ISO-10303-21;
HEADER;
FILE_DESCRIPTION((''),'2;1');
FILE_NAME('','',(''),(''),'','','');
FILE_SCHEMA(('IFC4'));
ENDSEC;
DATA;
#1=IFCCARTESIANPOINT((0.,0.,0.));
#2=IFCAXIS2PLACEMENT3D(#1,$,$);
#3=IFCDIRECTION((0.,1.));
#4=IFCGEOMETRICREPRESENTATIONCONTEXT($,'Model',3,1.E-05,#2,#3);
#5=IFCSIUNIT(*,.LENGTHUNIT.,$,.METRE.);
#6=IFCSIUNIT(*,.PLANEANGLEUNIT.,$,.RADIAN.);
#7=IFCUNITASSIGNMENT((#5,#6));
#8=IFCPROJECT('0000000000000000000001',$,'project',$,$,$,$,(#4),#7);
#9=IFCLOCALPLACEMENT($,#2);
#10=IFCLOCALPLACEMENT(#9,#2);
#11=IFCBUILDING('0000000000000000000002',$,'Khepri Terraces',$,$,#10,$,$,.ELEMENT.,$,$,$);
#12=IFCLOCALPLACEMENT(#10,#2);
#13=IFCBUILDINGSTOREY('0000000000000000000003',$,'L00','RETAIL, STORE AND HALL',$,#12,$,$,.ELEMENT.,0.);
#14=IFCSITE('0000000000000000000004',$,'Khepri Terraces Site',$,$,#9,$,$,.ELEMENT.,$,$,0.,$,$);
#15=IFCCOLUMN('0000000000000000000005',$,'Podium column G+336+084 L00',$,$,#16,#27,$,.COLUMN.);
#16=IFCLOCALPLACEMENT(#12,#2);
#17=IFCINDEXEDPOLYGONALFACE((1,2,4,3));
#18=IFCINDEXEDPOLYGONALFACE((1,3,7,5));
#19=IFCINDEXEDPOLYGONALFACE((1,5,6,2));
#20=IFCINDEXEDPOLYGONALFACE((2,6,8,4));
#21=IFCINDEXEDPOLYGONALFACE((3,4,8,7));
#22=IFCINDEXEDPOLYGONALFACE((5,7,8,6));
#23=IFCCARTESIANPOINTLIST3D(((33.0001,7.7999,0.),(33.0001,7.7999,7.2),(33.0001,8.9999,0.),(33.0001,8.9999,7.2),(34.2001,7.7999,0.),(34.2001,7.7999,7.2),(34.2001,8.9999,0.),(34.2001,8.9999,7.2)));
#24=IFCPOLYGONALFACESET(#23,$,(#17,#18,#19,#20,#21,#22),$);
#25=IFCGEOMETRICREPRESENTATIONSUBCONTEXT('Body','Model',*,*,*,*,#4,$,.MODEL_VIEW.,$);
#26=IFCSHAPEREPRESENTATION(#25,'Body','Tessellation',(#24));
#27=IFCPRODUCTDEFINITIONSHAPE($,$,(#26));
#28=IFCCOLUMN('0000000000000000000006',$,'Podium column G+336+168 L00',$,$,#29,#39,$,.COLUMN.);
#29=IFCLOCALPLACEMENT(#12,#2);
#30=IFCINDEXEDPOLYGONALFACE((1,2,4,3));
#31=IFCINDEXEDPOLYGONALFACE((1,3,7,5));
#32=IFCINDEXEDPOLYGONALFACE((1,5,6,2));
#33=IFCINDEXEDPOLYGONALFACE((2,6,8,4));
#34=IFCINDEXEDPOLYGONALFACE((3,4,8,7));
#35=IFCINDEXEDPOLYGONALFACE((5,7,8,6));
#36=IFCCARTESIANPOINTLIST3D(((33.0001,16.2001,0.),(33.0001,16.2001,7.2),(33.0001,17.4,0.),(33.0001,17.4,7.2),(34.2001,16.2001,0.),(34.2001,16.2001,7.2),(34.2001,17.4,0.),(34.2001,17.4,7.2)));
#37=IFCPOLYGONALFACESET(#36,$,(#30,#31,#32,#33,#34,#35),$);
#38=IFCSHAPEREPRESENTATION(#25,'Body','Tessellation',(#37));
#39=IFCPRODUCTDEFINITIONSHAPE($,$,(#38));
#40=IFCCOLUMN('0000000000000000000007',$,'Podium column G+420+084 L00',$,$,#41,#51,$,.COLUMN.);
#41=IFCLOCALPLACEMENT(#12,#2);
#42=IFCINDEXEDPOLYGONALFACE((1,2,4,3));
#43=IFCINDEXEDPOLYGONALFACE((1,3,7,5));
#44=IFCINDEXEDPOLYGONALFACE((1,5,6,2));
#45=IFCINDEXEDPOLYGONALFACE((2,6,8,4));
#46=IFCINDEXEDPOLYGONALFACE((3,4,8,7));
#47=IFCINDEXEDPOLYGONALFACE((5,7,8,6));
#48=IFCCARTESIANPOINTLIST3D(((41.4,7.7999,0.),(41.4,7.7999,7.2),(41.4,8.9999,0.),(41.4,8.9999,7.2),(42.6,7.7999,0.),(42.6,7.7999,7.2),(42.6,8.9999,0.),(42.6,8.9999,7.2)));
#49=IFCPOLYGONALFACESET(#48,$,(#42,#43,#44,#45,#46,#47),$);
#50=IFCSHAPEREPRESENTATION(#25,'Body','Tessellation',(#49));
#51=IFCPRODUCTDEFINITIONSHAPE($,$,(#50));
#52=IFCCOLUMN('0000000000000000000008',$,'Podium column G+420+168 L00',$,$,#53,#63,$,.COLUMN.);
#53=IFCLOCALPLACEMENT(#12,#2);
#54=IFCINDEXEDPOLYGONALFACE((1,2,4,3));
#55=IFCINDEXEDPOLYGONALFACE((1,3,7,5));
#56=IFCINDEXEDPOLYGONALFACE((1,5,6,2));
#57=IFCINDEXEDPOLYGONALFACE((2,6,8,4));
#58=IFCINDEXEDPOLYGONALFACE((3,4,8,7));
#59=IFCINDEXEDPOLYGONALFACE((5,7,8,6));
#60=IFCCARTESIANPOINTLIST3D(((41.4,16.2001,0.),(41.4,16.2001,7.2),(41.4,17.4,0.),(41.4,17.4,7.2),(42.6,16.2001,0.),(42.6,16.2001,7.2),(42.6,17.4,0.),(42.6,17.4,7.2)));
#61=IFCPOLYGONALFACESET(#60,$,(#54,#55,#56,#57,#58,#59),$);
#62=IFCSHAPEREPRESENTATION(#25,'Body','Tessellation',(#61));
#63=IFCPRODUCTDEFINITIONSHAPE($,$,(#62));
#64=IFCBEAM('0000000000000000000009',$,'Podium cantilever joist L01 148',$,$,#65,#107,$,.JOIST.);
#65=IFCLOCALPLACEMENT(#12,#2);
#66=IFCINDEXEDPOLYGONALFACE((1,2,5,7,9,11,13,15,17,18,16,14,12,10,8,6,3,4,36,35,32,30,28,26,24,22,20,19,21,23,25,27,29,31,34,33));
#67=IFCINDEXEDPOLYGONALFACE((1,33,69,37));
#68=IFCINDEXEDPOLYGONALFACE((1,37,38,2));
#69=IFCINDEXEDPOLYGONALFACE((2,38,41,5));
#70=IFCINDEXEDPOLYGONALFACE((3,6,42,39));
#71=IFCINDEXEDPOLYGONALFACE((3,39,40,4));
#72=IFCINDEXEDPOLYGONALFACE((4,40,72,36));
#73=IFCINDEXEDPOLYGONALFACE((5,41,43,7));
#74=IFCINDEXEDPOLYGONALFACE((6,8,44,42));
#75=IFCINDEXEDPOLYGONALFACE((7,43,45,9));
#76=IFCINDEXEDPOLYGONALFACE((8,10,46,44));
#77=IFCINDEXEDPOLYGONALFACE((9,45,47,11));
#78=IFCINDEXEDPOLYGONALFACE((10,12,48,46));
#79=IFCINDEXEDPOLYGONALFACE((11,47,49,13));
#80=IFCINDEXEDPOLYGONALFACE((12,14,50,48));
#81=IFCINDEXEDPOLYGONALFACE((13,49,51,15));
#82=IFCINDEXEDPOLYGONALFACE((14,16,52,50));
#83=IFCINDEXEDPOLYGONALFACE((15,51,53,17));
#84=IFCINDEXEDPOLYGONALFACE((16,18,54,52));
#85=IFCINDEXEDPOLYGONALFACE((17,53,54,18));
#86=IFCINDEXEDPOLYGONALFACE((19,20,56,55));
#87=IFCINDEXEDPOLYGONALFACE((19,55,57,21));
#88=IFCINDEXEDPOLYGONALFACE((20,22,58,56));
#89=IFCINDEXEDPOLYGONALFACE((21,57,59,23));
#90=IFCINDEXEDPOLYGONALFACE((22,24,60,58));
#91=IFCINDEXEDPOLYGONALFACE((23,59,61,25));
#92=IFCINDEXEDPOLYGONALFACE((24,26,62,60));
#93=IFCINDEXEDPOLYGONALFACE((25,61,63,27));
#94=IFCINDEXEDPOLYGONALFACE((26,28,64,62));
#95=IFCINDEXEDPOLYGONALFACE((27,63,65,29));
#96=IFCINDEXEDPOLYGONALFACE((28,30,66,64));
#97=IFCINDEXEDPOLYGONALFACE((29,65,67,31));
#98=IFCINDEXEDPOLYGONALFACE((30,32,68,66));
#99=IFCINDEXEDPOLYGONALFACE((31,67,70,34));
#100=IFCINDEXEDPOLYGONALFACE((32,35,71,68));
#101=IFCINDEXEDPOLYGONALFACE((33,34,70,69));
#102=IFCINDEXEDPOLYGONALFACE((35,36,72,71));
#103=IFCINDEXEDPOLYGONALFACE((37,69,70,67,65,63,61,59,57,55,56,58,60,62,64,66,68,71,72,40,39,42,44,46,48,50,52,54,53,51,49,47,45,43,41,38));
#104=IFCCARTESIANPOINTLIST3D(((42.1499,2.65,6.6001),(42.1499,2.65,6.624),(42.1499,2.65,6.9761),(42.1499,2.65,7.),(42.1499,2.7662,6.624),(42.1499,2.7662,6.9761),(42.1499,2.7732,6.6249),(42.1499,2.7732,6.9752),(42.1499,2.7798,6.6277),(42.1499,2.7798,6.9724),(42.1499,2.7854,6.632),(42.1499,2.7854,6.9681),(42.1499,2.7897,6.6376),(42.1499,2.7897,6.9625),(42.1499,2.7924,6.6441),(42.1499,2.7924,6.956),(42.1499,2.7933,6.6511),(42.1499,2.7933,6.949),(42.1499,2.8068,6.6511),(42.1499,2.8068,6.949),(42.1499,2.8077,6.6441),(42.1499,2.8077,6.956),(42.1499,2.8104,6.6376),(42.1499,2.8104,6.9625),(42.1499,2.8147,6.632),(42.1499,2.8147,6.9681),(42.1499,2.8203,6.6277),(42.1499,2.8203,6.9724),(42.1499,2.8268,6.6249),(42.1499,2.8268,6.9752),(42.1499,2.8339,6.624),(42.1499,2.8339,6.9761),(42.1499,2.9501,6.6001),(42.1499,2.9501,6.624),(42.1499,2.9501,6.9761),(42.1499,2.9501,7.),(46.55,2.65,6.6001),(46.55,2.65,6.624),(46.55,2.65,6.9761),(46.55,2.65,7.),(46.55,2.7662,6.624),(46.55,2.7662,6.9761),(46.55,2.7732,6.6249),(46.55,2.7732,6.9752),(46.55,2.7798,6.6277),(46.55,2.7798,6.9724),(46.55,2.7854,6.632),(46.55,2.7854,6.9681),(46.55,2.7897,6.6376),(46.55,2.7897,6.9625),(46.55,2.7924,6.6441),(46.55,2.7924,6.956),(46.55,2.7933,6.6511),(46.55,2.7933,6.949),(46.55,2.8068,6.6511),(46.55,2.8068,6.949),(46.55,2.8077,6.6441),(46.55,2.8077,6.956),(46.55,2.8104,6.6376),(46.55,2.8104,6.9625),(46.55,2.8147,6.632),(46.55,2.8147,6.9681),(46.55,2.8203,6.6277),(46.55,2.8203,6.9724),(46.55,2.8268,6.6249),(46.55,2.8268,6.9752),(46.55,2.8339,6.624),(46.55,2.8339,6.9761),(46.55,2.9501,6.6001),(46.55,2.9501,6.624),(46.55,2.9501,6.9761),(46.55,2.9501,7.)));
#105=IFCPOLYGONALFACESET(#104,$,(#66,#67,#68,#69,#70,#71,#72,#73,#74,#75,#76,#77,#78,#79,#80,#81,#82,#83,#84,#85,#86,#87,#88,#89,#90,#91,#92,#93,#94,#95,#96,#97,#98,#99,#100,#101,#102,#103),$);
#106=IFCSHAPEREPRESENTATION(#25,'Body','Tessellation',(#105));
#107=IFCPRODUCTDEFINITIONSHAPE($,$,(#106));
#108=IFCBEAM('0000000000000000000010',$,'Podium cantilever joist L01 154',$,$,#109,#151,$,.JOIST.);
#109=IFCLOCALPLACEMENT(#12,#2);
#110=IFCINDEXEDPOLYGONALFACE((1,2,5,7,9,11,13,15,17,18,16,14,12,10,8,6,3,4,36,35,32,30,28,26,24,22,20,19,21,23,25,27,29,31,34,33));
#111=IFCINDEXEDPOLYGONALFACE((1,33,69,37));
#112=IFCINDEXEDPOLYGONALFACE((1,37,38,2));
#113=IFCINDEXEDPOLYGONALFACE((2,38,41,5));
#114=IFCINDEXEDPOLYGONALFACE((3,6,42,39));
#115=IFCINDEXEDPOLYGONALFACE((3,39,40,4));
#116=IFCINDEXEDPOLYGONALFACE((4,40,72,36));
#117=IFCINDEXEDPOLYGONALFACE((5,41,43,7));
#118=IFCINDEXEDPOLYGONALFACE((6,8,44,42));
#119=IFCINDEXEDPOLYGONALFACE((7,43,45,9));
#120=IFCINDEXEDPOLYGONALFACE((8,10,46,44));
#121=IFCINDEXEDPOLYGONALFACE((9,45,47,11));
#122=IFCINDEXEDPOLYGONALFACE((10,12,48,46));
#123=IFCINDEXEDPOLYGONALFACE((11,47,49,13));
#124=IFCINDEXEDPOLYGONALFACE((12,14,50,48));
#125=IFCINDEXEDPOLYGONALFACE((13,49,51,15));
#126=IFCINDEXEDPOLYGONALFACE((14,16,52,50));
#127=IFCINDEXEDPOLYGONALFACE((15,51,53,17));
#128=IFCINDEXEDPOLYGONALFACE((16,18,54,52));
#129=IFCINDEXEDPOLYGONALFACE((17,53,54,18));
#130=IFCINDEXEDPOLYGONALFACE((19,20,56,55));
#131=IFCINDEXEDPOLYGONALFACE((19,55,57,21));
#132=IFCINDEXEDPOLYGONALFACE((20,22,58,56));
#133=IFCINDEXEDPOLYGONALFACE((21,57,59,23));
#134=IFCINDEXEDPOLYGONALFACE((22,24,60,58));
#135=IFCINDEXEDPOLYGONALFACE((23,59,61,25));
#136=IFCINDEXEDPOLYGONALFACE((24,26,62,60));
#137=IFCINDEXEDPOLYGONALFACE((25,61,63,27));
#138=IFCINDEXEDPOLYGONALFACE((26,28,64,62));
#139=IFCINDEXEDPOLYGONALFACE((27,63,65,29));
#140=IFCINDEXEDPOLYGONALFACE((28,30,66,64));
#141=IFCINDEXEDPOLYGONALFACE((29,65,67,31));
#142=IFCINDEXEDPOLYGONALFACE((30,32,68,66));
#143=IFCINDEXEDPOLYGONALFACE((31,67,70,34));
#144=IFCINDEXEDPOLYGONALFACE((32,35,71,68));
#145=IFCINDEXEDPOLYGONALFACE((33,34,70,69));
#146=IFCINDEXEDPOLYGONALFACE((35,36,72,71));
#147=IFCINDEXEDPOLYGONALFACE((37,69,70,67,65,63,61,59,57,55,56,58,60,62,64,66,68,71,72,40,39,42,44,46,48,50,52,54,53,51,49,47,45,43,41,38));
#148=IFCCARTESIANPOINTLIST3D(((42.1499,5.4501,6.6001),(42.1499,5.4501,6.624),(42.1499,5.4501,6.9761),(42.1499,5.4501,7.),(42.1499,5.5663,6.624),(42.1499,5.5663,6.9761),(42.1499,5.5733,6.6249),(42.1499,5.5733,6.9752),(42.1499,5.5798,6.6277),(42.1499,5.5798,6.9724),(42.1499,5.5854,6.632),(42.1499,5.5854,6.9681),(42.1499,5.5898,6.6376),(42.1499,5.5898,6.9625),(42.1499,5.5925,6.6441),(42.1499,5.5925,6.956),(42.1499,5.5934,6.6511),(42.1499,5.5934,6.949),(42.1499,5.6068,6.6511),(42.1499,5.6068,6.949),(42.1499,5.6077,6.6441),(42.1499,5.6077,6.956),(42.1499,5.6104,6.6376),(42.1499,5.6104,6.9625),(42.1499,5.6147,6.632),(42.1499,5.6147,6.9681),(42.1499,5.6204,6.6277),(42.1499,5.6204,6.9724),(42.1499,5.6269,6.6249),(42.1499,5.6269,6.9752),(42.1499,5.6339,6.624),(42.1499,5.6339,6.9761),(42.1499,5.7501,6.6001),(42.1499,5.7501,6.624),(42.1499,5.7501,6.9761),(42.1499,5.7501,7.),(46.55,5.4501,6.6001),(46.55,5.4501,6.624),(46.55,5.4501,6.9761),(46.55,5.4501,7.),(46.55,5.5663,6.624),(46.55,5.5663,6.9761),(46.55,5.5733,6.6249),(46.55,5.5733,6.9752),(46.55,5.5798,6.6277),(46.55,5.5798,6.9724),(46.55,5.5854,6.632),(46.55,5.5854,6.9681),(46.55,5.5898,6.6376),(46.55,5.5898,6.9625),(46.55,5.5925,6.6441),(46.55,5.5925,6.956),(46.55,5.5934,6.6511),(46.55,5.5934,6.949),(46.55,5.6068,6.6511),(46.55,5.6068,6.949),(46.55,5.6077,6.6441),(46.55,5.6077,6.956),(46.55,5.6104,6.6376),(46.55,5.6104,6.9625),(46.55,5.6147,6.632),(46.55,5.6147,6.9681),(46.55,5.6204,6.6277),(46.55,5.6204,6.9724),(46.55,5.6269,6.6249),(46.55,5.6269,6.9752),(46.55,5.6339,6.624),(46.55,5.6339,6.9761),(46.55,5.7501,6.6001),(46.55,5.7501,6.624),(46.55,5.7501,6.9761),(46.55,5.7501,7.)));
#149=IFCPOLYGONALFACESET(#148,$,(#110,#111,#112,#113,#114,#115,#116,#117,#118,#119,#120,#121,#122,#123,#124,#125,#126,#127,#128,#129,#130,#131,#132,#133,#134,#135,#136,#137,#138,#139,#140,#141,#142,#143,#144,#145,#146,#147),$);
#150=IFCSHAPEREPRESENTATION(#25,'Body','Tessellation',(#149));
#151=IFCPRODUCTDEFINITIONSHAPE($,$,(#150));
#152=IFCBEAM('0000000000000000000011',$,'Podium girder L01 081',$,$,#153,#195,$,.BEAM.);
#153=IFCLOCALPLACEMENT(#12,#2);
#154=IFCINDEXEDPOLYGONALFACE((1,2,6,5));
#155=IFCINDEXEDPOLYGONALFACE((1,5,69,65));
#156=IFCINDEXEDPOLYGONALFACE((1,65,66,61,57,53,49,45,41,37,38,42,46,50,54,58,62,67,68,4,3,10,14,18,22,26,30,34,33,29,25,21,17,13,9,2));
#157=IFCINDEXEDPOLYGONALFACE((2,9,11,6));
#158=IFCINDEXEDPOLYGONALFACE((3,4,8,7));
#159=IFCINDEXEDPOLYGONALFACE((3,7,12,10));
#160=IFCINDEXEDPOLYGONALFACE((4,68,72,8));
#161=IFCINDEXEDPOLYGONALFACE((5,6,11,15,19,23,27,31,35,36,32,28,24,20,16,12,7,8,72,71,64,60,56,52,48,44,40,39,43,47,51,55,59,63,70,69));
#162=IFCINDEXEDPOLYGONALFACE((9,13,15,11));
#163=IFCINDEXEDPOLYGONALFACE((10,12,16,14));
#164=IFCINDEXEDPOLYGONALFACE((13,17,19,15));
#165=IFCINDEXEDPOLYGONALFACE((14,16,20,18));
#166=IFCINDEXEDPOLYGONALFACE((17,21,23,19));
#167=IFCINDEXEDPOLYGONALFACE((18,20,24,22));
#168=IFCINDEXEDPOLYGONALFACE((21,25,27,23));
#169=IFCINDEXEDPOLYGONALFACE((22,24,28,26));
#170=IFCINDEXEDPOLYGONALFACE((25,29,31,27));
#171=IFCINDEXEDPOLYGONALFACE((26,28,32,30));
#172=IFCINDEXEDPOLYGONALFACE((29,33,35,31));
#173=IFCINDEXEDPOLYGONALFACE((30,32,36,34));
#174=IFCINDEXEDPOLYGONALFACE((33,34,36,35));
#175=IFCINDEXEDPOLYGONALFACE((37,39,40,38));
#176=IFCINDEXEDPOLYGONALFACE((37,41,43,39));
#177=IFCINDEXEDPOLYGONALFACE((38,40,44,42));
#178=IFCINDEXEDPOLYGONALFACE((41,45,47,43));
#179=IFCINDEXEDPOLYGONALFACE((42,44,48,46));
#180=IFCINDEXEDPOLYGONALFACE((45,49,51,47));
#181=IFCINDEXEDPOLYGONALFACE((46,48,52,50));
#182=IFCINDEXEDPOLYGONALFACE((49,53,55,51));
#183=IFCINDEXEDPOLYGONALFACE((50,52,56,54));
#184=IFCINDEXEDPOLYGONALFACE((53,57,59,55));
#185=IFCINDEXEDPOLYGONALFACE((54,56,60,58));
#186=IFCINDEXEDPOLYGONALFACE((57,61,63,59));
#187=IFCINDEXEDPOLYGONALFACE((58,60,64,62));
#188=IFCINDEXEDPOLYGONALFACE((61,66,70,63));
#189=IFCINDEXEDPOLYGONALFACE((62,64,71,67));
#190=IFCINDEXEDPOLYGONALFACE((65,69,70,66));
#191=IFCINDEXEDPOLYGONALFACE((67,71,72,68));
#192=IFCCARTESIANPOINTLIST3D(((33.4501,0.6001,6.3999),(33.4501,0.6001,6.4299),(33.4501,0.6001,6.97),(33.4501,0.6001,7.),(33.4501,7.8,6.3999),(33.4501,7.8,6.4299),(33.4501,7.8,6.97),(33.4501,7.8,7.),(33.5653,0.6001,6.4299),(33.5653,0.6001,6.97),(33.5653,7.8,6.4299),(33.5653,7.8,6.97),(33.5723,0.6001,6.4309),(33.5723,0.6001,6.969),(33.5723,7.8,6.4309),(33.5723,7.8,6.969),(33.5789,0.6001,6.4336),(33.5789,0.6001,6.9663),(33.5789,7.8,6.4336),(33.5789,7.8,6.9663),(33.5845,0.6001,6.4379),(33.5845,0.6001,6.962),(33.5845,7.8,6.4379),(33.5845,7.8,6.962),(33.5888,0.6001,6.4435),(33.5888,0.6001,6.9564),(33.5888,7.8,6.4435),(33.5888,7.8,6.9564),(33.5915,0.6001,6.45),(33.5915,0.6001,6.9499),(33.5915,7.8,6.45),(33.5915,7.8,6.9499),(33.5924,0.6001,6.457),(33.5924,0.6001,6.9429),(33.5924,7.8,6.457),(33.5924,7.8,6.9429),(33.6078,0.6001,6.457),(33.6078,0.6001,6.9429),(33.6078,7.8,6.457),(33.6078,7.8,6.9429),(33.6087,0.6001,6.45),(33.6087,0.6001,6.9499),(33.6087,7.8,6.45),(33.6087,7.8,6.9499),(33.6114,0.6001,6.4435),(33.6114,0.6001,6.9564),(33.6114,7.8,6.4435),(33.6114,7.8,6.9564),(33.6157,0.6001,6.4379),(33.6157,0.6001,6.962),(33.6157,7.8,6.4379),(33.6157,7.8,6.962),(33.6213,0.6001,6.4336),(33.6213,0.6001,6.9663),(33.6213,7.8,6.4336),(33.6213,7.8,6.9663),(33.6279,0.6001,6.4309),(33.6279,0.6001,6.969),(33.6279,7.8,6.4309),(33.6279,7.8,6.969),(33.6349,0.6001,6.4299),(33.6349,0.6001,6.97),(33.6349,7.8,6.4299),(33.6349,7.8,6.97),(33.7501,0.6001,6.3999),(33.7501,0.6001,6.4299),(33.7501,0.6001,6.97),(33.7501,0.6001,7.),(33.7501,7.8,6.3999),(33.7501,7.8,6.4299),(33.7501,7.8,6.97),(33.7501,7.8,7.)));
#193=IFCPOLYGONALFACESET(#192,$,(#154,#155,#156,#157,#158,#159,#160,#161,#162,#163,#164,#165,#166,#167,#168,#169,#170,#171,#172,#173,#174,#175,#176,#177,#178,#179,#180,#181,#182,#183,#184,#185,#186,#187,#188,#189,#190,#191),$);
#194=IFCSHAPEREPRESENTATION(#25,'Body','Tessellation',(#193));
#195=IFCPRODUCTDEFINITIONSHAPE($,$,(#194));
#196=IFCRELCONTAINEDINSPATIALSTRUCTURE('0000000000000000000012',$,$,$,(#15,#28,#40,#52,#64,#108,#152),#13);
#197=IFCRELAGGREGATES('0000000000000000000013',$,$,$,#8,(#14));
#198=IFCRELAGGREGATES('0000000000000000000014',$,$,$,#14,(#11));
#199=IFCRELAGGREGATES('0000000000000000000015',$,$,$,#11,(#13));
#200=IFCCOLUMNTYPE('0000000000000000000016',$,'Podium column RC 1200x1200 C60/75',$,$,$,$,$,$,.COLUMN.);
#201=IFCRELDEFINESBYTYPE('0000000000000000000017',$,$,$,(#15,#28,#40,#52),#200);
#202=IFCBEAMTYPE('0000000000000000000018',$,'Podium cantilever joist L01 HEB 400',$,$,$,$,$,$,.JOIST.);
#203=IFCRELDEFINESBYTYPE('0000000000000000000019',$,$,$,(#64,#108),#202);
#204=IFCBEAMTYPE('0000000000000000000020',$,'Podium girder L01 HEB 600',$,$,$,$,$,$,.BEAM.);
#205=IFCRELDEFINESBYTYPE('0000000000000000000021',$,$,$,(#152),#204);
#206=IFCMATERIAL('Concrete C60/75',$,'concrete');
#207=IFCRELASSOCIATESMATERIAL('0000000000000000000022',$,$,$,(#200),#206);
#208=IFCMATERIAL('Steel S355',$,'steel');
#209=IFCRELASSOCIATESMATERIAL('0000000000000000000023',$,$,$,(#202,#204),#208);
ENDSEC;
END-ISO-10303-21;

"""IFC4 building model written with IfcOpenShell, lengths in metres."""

from ifc_helpers import new_model, si_unit, direction, frame, origin, origin_2d, place, context, subcontext, project, spatial, rectangle, i_section, extrude, material, material_profile, profile_set, type_object, element, save


model = new_model("IFC4")

# Units and contexts
model_context = context("Model", 3, precision=1e-05, world=origin(), true_north=direction((0.0, 1.0)))
body_context = subcontext(model_context, "Body", "Model", "MODEL_VIEW")
ifc_project = project(units=[si_unit("LENGTHUNIT", "METRE"), si_unit("PLANEANGLEUNIT", "RADIAN")], contexts=[model_context])

# Site, building, storey
site_placement = place(None, origin())
site = spatial("IfcSite", under=ifc_project, at=site_placement, Name="Khepri Terraces Site", CompositionType="ELEMENT", RefElevation=0.0)
building_placement = place(site_placement, origin())
building = spatial("IfcBuilding", under=site, at=building_placement, Name="Khepri Terraces", CompositionType="ELEMENT")
storey_placement = place(building_placement, origin())
storey = spatial("IfcBuildingStorey", under=building, at=storey_placement, Name="L00", Description="RETAIL, STORE AND HALL", CompositionType="ELEMENT", Elevation=0.0)

# Columns
ifc_material_1 = material(Name="Concrete C60/75", Category="concrete")
ifc_material_profile_1 = material_profile(ifc_material_1, rectangle(XDim=1.2, YDim=1.2, at=origin_2d()), Name="Concrete C60/75", Category="concrete")
ifc_profile_set_1 = profile_set([ifc_material_profile_1], Name="Concrete C60/75")
column_type = type_object("IfcColumnType", Name="Podium column RC 1200x1200 C60/75", PredefinedType="COLUMN", material=ifc_profile_set_1)
for number, where, z_axis, x_axis, name in (
    (1, (33.6001, 8.3999, 0.0), (0.0, 0.0, 1.0), (1.0, 0.0, 0.0), "Podium column G+336+084 L00"),
    (2, (33.6001, 16.8, 0.0), (0.0, 0.0, 1.0), (1.0, 0.0, 0.0), "Podium column G+336+168 L00"),
    (3, (42.0, 8.3999, 0.0), (0.0, 0.0, 1.0), (1.0, 0.0, 0.0), "Podium column G+420+084 L00"),
    (4, (42.0, 16.8, 0.0), (0.0, 0.0, 1.0), (1.0, 0.0, 0.0), "Podium column G+420+168 L00"),
):
    element("IfcColumn", number, at=place(storey_placement, frame(where, z_axis=z_axis, x_axis=x_axis)), inside=storey, type_object=column_type, Name=name, PredefinedType="COLUMN", context=body_context, shape_type="SweptSolid", body=[
        extrude(rectangle(XDim=1.2, YDim=1.2, at=origin_2d()), origin(), (0.0, 0.0, 1.0), 7.2),
    ])

# Beams
ifc_material_2 = material(Name="Steel S355", Category="steel")
ifc_material_profile_2 = material_profile(ifc_material_2, i_section(OverallWidth=0.3, OverallDepth=0.3999, WebThickness=0.0134, FlangeThickness=0.0239, FilletRadius=0.0271, at=origin_2d()), Name="Steel S355", Category="steel")
ifc_profile_set_2 = profile_set([ifc_material_profile_2], Name="Steel S355")
beam_type_1 = type_object("IfcBeamType", Name="Podium cantilever joist L01 HEB 400", PredefinedType="JOIST", material=ifc_profile_set_2)
for number, where, z_axis, x_axis, name in (
    (5, (42.1499, 2.8, 6.8), (1.0, 0.0, 0.0), (0.0, 1.0, 0.0), "Podium cantilever joist L01 148"),
    (6, (42.1499, 5.6001, 6.8), (1.0, 0.0, 0.0), (0.0, 1.0, 0.0), "Podium cantilever joist L01 154"),
):
    element("IfcBeam", number, at=place(storey_placement, frame(where, z_axis=z_axis, x_axis=x_axis)), inside=storey, type_object=beam_type_1, Name=name, PredefinedType="JOIST", context=body_context, shape_type="SweptSolid", body=[
        extrude(i_section(OverallWidth=0.3, OverallDepth=0.3999, WebThickness=0.0134, FlangeThickness=0.0239, FilletRadius=0.0271, at=origin_2d()), origin(), (0.0, 0.0, 1.0), 4.4001),
    ])
ifc_material_profile_3 = material_profile(ifc_material_2, i_section(OverallWidth=0.3, OverallDepth=0.6001, WebThickness=0.0154, FlangeThickness=0.03, FilletRadius=0.0271, at=origin_2d()), Name="Steel S355", Category="steel")
ifc_profile_set_3 = profile_set([ifc_material_profile_3], Name="Steel S355")
beam_type_2 = type_object("IfcBeamType", Name="Podium girder L01 HEB 600", PredefinedType="BEAM", material=ifc_profile_set_3)
for number, where, z_axis, x_axis, name in (
    (7, (33.6001, 0.6001, 6.7), (0.0, 1.0, 0.0), (-1.0, 0.0, 0.0), "Podium girder L01 081"),
):
    element("IfcBeam", number, at=place(storey_placement, frame(where, z_axis=z_axis, x_axis=x_axis)), inside=storey, type_object=beam_type_2, Name=name, PredefinedType="BEAM", context=body_context, shape_type="SweptSolid", body=[
        extrude(i_section(OverallWidth=0.3, OverallDepth=0.6001, WebThickness=0.0154, FlangeThickness=0.03, FilletRadius=0.0271, at=origin_2d()), origin(), (0.0, 0.0, 1.0), 7.2),
    ])

save(model, "model.ifc")
